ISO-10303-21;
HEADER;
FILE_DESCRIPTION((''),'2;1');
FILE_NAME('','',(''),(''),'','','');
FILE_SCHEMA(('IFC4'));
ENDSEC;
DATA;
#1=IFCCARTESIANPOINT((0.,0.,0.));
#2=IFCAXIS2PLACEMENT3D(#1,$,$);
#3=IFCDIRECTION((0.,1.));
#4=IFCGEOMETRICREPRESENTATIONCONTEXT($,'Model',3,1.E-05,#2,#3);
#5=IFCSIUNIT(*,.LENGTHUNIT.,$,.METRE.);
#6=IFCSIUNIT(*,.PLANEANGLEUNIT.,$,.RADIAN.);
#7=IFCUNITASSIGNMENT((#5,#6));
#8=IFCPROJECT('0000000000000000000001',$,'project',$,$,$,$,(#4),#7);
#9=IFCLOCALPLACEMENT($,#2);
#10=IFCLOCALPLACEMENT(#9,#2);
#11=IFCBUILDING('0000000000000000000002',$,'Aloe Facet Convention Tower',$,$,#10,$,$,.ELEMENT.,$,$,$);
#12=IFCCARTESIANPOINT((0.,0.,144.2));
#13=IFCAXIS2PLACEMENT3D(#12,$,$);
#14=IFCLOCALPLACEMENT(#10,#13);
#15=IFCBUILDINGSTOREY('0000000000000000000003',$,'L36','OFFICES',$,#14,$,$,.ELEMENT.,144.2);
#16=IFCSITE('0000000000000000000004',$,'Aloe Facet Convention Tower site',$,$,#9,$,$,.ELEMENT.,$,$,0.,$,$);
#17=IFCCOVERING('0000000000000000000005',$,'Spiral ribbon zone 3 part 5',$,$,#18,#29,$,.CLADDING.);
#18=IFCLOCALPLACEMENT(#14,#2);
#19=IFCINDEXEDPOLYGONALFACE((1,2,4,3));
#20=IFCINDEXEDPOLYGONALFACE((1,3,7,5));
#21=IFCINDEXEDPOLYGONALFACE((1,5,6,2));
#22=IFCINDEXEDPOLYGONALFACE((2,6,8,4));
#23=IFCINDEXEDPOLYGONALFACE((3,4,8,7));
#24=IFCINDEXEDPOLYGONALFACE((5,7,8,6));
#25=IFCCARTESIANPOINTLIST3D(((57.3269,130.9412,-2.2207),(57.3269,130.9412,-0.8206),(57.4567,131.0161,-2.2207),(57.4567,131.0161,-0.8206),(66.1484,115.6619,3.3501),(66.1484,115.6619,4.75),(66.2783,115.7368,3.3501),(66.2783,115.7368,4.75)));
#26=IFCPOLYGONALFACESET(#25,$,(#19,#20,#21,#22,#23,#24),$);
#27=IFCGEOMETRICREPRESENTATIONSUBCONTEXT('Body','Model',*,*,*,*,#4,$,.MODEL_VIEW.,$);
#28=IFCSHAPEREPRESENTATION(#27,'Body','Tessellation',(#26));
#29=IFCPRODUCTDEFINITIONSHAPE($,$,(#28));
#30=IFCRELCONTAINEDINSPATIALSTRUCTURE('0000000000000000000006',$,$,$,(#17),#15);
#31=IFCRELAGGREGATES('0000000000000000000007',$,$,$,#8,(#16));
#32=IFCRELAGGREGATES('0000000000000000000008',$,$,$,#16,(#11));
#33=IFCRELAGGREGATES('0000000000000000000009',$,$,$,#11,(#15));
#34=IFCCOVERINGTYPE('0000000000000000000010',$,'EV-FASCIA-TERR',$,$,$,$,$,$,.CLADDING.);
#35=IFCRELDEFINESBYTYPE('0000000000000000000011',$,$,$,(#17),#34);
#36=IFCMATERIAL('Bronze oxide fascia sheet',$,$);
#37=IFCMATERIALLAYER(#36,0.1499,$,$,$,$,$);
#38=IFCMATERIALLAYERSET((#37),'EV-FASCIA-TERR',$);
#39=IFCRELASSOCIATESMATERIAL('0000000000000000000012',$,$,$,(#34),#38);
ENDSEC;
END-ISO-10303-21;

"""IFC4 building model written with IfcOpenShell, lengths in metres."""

from ifc_helpers import new_model, si_unit, direction, frame, origin, place, context, subcontext, project, spatial, polyline, outline, extrude, material, layer, layer_set, type_object, element, save


model = new_model("IFC4")

# Units and contexts
model_context = context("Model", 3, precision=1e-05, world=origin(), true_north=direction((0.0, 1.0)))
body_context = subcontext(model_context, "Body", "Model", "MODEL_VIEW")
ifc_project = project(units=[si_unit("LENGTHUNIT", "METRE"), si_unit("PLANEANGLEUNIT", "RADIAN")], contexts=[model_context])

# Site, building, storey
site_placement = place(None, origin())
site = spatial("IfcSite", under=ifc_project, at=site_placement, Name="Aloe Facet Convention Tower site", CompositionType="ELEMENT", RefElevation=0.0)
building_placement = place(site_placement, origin())
building = spatial("IfcBuilding", under=site, at=building_placement, Name="Aloe Facet Convention Tower", CompositionType="ELEMENT")
storey_placement = place(building_placement, frame((0.0, 0.0, 144.2)))
storey = spatial("IfcBuildingStorey", under=building, at=storey_placement, Name="L36", Description="OFFICES", CompositionType="ELEMENT", Elevation=144.2)

# Covering
ifc_material_1 = material(Name="Bronze oxide fascia sheet")
ifc_layer_1 = layer(ifc_material_1, 0.1499)
ifc_layer_set_1 = layer_set([ifc_layer_1], Name="EV-FASCIA-TERR")
covering_type = type_object("IfcCoveringType", Name="EV-FASCIA-TERR", PredefinedType="CLADDING", material=ifc_layer_set_1)
covering_placement = place(storey_placement, frame((57.3269, 130.9412, -2.2207), z_axis=(-0.866025, -0.500001, 0.0), x_axis=(0.476798, -0.825835, 0.301098)))
element("IfcCovering", 1, at=covering_placement, inside=storey, type_object=covering_type, Name="Spiral ribbon zone 3 part 5", PredefinedType="CLADDING", context=body_context, shape_type="SweptSolid", body=[
    extrude(outline(polyline([(0.0, 0.0), (18.5016, 0.0), (18.9231, 1.3349), (0.4216, 1.3352), (0.0, 0.0)])), origin(), (0.0, 0.0, -1.0), 0.1499),
])

save(model, "model.ifc")
